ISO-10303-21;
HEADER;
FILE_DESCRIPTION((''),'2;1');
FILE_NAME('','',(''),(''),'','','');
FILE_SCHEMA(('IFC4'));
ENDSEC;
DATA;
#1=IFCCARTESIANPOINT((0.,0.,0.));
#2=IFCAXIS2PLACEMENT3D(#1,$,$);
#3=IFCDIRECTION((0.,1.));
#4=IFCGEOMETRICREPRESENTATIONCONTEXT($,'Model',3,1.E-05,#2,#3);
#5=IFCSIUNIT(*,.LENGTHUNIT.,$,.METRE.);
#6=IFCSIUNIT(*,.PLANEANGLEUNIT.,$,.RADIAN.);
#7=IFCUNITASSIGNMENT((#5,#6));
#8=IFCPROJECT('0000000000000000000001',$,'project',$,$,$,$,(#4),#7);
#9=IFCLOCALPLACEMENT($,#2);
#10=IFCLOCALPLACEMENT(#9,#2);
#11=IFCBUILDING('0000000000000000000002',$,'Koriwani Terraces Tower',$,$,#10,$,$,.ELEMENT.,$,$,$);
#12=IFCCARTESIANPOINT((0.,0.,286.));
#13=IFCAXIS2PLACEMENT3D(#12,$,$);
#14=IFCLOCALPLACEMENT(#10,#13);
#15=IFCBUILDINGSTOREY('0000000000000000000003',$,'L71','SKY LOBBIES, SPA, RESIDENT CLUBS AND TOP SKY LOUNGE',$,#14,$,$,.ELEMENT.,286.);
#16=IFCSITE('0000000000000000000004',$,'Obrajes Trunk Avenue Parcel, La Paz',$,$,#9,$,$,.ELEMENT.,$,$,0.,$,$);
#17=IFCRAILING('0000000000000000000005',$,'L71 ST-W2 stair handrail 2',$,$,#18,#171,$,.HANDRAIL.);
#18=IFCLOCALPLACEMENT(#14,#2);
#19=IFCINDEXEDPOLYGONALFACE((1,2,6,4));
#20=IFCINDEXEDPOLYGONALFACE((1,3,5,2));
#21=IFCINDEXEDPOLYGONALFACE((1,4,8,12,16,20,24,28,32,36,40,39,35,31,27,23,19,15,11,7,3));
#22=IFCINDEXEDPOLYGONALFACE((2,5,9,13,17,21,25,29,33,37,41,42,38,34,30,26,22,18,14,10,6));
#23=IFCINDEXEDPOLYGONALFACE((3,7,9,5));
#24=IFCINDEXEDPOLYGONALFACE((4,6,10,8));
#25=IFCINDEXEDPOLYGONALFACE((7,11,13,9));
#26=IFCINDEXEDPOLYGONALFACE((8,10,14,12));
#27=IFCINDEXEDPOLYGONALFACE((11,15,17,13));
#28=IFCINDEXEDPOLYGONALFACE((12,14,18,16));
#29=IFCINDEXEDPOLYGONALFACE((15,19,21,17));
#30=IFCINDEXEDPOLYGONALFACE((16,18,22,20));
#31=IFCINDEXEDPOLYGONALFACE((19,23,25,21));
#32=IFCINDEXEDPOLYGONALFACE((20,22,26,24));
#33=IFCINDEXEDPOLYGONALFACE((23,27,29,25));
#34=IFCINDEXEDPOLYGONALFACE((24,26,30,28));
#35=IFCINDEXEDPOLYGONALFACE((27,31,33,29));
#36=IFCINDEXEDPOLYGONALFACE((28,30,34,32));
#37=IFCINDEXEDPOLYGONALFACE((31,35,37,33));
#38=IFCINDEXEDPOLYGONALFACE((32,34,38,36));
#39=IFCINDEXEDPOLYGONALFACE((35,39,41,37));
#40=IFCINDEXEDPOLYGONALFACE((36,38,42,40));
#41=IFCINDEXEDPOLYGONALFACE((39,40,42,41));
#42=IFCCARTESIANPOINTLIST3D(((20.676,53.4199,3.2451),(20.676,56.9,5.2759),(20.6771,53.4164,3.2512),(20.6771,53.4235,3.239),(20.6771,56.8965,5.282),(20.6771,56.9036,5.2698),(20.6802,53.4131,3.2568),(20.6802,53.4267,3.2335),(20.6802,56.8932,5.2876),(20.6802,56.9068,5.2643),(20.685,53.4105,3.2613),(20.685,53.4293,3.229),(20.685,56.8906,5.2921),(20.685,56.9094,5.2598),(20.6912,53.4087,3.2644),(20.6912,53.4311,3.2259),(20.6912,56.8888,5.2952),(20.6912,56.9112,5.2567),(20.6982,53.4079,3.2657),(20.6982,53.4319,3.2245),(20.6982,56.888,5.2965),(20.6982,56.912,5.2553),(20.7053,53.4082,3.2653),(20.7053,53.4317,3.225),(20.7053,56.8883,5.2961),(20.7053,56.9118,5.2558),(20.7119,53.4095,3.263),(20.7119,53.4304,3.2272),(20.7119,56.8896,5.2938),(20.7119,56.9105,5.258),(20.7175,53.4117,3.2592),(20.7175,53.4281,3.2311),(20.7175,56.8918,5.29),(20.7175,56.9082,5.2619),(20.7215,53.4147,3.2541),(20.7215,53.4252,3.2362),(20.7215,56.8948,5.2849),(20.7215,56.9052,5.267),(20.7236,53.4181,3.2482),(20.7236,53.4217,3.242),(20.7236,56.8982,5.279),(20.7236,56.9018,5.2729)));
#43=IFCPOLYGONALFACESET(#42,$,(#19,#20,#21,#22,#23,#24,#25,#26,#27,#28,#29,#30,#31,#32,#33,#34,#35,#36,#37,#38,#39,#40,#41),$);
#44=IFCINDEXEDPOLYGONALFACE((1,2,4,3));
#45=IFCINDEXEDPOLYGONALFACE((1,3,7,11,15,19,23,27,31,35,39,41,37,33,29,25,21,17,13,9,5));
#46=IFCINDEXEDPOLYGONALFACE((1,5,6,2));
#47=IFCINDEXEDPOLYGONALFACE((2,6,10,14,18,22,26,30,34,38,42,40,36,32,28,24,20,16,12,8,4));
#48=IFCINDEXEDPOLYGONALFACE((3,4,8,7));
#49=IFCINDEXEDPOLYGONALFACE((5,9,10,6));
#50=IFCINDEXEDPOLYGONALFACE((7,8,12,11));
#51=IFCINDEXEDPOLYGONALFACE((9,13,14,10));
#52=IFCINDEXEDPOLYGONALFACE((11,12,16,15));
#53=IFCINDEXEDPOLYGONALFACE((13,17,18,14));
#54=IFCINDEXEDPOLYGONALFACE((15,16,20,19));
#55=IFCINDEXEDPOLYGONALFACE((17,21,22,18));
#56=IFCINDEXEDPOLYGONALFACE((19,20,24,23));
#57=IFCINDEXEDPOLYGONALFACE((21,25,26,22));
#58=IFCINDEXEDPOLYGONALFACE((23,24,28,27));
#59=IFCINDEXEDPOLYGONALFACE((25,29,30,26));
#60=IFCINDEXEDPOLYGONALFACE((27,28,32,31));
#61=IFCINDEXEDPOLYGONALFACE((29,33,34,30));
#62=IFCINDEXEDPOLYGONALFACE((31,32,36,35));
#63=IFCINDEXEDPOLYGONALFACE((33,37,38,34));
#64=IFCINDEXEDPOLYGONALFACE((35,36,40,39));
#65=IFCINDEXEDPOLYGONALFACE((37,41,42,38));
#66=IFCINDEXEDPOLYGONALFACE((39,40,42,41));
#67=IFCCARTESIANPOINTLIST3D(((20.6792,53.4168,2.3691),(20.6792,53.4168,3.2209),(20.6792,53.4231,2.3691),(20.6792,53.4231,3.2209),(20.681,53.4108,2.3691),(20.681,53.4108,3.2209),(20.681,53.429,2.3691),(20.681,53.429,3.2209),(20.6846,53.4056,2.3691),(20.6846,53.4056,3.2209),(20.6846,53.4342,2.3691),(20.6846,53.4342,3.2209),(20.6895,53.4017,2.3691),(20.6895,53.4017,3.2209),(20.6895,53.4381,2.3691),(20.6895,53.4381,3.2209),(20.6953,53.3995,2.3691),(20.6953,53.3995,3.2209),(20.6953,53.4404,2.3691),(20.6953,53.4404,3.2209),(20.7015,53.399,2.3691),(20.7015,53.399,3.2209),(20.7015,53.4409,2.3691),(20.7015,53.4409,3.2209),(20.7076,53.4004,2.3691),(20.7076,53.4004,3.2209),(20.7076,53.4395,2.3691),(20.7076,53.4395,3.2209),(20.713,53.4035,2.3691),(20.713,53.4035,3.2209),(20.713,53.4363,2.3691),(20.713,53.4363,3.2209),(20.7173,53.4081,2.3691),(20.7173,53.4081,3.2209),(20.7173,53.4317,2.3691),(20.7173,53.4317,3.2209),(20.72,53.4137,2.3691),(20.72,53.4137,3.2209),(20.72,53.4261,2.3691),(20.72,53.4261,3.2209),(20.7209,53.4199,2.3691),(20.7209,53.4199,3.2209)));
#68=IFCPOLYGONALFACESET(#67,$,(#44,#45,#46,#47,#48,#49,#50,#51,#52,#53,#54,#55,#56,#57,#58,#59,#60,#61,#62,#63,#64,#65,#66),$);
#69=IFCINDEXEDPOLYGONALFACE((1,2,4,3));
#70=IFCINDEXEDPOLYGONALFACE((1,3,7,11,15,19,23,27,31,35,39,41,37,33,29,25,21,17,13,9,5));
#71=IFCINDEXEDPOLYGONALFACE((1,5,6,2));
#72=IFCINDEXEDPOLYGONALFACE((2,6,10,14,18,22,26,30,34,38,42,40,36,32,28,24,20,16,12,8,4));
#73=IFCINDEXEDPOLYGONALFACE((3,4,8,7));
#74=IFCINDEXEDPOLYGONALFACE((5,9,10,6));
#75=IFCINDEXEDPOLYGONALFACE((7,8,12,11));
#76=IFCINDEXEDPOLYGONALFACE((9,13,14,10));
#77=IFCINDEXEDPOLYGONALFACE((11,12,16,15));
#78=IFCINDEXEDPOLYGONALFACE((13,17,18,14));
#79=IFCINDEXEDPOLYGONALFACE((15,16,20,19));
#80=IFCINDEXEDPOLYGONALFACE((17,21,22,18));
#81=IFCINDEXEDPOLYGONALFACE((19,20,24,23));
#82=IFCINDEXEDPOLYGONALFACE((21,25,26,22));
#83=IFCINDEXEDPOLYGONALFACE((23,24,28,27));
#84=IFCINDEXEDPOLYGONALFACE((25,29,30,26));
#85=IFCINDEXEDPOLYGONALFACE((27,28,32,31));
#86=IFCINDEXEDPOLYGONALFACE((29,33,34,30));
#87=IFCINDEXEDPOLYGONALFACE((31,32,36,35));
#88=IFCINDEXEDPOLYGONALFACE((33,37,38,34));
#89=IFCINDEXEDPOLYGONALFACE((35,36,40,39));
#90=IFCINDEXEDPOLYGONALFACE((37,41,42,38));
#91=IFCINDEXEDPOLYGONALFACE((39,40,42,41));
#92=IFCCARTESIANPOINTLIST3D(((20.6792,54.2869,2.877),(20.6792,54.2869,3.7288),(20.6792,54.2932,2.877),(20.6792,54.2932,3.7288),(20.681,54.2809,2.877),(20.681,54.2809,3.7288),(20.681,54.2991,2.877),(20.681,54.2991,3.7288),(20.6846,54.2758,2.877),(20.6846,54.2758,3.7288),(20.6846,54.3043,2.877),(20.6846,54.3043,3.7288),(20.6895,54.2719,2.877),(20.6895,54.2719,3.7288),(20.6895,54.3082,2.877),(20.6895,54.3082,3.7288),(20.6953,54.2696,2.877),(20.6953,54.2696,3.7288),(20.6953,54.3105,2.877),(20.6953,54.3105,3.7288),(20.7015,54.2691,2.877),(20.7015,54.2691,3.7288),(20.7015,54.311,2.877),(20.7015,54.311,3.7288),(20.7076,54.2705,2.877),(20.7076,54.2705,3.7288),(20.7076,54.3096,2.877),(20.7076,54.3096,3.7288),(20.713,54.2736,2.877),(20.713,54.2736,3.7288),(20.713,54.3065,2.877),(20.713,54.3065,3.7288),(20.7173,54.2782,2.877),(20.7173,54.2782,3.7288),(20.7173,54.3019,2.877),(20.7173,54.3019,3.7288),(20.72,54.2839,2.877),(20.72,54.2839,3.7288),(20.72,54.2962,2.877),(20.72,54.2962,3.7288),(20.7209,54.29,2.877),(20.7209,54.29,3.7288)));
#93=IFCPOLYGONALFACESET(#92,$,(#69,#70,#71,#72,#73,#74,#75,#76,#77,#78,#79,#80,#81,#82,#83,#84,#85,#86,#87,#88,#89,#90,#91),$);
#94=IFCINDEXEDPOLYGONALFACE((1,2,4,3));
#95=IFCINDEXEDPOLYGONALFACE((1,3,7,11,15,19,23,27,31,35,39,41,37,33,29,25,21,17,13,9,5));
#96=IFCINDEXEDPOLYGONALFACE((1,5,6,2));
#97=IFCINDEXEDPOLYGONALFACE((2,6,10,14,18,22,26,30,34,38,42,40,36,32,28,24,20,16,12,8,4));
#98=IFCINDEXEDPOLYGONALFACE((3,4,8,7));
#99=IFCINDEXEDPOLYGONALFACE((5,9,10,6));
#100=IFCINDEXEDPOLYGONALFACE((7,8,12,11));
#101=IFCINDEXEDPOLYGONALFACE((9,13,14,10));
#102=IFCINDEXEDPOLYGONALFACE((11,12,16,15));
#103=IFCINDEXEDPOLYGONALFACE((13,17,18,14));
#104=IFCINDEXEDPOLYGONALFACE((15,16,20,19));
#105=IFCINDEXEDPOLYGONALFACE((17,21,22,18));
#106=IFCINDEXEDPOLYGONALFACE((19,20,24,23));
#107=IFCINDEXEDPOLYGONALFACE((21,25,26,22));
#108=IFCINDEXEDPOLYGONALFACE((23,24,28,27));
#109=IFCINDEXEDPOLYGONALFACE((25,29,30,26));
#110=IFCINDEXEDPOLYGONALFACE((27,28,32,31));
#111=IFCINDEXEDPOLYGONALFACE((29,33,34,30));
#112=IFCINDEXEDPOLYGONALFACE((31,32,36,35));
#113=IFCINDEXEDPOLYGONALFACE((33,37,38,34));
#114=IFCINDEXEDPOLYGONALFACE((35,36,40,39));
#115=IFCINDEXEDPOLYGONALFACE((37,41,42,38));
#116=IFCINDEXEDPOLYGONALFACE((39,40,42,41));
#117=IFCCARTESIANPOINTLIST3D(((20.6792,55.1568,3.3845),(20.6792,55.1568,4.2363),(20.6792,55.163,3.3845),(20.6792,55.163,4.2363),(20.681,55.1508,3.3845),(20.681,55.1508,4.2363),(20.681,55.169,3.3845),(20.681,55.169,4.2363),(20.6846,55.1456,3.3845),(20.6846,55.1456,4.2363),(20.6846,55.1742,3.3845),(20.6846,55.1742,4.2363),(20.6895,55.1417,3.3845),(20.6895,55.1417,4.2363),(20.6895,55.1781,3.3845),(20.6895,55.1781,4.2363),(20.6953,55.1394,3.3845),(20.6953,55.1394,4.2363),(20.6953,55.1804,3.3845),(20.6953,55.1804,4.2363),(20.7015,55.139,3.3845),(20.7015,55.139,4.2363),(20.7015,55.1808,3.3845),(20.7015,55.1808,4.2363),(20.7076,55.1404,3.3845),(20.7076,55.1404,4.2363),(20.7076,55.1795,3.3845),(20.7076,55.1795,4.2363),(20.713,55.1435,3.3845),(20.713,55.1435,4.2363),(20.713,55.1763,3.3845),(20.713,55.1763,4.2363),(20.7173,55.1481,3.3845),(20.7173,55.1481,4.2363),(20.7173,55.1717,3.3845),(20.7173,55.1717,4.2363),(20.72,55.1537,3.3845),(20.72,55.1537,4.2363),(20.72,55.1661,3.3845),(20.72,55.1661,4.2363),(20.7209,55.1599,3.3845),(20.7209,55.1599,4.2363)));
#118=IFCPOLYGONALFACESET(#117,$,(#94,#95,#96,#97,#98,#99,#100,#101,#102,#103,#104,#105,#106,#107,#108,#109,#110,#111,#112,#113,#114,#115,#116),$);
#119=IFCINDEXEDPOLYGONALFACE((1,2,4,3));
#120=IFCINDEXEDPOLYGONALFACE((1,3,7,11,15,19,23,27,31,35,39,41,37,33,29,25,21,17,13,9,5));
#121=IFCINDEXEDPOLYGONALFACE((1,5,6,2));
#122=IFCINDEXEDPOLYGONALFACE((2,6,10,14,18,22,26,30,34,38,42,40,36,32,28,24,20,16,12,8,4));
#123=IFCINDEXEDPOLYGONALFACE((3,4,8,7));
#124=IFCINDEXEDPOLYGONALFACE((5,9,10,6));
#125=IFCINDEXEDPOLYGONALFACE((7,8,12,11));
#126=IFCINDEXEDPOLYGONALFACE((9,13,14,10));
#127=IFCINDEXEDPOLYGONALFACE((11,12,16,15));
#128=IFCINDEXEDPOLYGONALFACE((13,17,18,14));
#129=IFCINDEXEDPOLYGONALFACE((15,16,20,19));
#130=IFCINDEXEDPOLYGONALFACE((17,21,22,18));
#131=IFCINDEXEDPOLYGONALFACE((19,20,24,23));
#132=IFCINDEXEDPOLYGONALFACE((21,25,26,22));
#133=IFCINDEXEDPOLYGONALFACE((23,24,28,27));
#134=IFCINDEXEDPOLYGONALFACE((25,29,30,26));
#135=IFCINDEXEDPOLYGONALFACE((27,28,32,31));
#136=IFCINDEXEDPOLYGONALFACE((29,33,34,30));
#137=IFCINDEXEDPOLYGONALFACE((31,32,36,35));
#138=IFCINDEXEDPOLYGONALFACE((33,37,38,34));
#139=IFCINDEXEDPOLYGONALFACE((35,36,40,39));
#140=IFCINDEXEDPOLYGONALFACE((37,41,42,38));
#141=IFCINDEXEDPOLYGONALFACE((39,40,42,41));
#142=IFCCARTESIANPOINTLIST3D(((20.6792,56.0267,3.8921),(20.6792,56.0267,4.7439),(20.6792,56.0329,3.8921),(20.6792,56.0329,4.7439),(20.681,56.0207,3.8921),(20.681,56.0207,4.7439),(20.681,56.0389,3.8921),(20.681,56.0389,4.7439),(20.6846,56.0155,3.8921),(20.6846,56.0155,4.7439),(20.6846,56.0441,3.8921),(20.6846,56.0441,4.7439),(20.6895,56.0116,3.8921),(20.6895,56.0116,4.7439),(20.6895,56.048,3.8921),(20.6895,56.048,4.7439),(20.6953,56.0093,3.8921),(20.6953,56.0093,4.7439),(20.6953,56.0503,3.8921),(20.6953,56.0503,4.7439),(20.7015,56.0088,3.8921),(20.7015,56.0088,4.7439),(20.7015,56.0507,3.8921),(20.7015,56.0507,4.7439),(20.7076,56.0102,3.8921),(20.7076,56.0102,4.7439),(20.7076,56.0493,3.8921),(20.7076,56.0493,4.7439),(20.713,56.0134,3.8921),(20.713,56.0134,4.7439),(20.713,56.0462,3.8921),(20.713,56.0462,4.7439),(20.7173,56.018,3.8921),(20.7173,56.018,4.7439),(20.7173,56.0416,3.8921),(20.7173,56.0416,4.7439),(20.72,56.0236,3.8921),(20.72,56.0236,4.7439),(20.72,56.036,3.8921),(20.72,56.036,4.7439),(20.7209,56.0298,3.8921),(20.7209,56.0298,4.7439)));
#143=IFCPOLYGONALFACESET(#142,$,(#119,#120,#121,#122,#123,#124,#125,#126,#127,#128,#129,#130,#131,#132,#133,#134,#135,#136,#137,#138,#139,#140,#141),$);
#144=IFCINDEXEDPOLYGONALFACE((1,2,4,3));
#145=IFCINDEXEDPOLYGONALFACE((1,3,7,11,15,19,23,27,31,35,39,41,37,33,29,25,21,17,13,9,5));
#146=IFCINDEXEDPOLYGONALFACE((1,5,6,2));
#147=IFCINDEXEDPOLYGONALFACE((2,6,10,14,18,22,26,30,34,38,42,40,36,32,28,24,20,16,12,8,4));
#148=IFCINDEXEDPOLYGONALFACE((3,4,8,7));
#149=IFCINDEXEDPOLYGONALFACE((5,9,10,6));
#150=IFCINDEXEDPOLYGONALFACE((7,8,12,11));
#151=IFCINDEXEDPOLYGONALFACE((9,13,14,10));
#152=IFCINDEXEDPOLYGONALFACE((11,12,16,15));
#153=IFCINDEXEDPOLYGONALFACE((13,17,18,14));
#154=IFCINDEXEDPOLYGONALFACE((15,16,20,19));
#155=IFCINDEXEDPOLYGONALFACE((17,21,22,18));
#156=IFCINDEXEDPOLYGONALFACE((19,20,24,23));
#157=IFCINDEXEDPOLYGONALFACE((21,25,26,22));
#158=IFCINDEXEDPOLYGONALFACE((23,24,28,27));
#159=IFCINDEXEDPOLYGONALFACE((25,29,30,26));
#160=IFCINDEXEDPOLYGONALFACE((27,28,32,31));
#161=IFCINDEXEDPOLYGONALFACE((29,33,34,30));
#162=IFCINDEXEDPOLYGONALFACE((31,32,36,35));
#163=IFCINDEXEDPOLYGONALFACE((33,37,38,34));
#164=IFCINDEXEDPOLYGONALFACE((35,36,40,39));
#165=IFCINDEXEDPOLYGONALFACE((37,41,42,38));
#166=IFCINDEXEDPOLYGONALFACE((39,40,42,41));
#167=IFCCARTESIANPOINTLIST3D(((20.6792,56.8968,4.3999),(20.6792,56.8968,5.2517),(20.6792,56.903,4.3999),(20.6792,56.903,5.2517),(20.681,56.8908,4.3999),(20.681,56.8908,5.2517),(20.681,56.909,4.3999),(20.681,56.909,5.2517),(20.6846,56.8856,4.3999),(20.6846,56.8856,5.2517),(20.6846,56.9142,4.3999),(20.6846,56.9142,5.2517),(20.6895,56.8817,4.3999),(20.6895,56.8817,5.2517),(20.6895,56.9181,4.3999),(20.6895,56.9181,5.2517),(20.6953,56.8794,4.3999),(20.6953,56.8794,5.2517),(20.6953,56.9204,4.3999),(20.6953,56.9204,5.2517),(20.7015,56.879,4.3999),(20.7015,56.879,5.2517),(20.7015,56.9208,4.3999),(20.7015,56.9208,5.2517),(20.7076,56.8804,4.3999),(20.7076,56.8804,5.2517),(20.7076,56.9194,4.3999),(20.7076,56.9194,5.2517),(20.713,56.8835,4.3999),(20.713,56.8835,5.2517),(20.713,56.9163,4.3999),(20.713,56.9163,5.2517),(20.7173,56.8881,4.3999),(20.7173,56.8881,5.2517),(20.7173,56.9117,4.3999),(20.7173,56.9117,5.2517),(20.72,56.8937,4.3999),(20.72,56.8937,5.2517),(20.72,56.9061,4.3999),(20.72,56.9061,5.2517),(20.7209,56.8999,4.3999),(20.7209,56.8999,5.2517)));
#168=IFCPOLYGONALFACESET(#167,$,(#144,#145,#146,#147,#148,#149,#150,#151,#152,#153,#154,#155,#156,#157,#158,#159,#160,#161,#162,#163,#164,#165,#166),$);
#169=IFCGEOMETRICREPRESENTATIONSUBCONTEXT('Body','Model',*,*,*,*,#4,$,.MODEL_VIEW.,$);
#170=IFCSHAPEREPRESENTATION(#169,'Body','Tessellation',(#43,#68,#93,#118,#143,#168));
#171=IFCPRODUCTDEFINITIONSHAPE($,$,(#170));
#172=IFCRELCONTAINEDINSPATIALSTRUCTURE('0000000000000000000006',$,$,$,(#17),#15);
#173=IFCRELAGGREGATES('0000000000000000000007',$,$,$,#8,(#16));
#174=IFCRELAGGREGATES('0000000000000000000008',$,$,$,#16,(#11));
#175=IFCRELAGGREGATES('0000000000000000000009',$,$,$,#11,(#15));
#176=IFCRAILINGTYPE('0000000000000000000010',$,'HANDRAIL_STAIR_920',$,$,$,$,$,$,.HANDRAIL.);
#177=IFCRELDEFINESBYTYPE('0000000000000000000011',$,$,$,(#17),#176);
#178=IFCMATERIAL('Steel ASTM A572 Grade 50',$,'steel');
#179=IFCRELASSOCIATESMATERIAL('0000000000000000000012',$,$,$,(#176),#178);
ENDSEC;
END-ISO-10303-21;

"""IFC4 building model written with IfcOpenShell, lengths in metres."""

from ifc_helpers import new_model, si_unit, direction, frame, origin, origin_2d, place, context, subcontext, project, spatial, circle, extrude, material, type_object, element, save


model = new_model("IFC4")

# Units and contexts
model_context = context("Model", 3, precision=1e-05, world=origin(), true_north=direction((0.0, 1.0)))
body_context = subcontext(model_context, "Body", "Model", "MODEL_VIEW")
ifc_project = project(units=[si_unit("LENGTHUNIT", "METRE"), si_unit("PLANEANGLEUNIT", "RADIAN")], contexts=[model_context])

# Site, building, storey
site_placement = place(None, origin())
site = spatial("IfcSite", under=ifc_project, at=site_placement, Name="Obrajes Trunk Avenue Parcel, La Paz", CompositionType="ELEMENT", RefElevation=0.0)
building_placement = place(site_placement, origin())
building = spatial("IfcBuilding", under=site, at=building_placement, Name="Koriwani Terraces Tower", CompositionType="ELEMENT")
storey_placement = place(building_placement, frame((0.0, 0.0, 286.0)))
storey = spatial("IfcBuildingStorey", under=building, at=storey_placement, Name="L71", Description="SKY LOBBIES, SPA, RESIDENT CLUBS AND TOP SKY LOUNGE", CompositionType="ELEMENT", Elevation=286.0)

# Shared definitions
ifc_material_1 = material(Name="Steel ASTM A572 Grade 50", Category="steel")

# Railing
railing_type = type_object("IfcRailingType", Name="HANDRAIL_STAIR_920", PredefinedType="HANDRAIL", material=ifc_material_1)
for number, where, name in (
    (1, (20.7, 53.4199, 2.3691), "L71 ST-W2 stair handrail 2"),
):
    element("IfcRailing", number, at=place(storey_placement, frame(where)), inside=storey, type_object=railing_type, Name=name, PredefinedType="HANDRAIL", context=body_context, shape_type="SweptSolid", body=[
        extrude(circle(Radius=0.0239, at=origin_2d()), frame((0.0, 0.0, 0.876), z_axis=(0.0, 0.863695, 0.504014), x_axis=(-1.0, 0.0, 0.0)), (0.0, 0.0, 1.0), 4.0293),
        extrude(circle(Radius=0.021, at=origin_2d()), origin(), (0.0, 0.0, 1.0), 0.8518),
        extrude(circle(Radius=0.021, at=origin_2d()), frame((0.0, 0.8701, 0.5078)), (0.0, 0.0, 1.0), 0.8518),
        extrude(circle(Radius=0.021, at=origin_2d()), frame((0.0, 1.74, 1.0154)), (0.0, 0.0, 1.0), 0.8518),
        extrude(circle(Radius=0.021, at=origin_2d()), frame((0.0, 2.6099, 1.5229)), (0.0, 0.0, 1.0), 0.8518),
        extrude(circle(Radius=0.021, at=origin_2d()), frame((0.0, 3.48, 2.0308)), (0.0, 0.0, 1.0), 0.8518),
    ])

save(model, "model.ifc")
